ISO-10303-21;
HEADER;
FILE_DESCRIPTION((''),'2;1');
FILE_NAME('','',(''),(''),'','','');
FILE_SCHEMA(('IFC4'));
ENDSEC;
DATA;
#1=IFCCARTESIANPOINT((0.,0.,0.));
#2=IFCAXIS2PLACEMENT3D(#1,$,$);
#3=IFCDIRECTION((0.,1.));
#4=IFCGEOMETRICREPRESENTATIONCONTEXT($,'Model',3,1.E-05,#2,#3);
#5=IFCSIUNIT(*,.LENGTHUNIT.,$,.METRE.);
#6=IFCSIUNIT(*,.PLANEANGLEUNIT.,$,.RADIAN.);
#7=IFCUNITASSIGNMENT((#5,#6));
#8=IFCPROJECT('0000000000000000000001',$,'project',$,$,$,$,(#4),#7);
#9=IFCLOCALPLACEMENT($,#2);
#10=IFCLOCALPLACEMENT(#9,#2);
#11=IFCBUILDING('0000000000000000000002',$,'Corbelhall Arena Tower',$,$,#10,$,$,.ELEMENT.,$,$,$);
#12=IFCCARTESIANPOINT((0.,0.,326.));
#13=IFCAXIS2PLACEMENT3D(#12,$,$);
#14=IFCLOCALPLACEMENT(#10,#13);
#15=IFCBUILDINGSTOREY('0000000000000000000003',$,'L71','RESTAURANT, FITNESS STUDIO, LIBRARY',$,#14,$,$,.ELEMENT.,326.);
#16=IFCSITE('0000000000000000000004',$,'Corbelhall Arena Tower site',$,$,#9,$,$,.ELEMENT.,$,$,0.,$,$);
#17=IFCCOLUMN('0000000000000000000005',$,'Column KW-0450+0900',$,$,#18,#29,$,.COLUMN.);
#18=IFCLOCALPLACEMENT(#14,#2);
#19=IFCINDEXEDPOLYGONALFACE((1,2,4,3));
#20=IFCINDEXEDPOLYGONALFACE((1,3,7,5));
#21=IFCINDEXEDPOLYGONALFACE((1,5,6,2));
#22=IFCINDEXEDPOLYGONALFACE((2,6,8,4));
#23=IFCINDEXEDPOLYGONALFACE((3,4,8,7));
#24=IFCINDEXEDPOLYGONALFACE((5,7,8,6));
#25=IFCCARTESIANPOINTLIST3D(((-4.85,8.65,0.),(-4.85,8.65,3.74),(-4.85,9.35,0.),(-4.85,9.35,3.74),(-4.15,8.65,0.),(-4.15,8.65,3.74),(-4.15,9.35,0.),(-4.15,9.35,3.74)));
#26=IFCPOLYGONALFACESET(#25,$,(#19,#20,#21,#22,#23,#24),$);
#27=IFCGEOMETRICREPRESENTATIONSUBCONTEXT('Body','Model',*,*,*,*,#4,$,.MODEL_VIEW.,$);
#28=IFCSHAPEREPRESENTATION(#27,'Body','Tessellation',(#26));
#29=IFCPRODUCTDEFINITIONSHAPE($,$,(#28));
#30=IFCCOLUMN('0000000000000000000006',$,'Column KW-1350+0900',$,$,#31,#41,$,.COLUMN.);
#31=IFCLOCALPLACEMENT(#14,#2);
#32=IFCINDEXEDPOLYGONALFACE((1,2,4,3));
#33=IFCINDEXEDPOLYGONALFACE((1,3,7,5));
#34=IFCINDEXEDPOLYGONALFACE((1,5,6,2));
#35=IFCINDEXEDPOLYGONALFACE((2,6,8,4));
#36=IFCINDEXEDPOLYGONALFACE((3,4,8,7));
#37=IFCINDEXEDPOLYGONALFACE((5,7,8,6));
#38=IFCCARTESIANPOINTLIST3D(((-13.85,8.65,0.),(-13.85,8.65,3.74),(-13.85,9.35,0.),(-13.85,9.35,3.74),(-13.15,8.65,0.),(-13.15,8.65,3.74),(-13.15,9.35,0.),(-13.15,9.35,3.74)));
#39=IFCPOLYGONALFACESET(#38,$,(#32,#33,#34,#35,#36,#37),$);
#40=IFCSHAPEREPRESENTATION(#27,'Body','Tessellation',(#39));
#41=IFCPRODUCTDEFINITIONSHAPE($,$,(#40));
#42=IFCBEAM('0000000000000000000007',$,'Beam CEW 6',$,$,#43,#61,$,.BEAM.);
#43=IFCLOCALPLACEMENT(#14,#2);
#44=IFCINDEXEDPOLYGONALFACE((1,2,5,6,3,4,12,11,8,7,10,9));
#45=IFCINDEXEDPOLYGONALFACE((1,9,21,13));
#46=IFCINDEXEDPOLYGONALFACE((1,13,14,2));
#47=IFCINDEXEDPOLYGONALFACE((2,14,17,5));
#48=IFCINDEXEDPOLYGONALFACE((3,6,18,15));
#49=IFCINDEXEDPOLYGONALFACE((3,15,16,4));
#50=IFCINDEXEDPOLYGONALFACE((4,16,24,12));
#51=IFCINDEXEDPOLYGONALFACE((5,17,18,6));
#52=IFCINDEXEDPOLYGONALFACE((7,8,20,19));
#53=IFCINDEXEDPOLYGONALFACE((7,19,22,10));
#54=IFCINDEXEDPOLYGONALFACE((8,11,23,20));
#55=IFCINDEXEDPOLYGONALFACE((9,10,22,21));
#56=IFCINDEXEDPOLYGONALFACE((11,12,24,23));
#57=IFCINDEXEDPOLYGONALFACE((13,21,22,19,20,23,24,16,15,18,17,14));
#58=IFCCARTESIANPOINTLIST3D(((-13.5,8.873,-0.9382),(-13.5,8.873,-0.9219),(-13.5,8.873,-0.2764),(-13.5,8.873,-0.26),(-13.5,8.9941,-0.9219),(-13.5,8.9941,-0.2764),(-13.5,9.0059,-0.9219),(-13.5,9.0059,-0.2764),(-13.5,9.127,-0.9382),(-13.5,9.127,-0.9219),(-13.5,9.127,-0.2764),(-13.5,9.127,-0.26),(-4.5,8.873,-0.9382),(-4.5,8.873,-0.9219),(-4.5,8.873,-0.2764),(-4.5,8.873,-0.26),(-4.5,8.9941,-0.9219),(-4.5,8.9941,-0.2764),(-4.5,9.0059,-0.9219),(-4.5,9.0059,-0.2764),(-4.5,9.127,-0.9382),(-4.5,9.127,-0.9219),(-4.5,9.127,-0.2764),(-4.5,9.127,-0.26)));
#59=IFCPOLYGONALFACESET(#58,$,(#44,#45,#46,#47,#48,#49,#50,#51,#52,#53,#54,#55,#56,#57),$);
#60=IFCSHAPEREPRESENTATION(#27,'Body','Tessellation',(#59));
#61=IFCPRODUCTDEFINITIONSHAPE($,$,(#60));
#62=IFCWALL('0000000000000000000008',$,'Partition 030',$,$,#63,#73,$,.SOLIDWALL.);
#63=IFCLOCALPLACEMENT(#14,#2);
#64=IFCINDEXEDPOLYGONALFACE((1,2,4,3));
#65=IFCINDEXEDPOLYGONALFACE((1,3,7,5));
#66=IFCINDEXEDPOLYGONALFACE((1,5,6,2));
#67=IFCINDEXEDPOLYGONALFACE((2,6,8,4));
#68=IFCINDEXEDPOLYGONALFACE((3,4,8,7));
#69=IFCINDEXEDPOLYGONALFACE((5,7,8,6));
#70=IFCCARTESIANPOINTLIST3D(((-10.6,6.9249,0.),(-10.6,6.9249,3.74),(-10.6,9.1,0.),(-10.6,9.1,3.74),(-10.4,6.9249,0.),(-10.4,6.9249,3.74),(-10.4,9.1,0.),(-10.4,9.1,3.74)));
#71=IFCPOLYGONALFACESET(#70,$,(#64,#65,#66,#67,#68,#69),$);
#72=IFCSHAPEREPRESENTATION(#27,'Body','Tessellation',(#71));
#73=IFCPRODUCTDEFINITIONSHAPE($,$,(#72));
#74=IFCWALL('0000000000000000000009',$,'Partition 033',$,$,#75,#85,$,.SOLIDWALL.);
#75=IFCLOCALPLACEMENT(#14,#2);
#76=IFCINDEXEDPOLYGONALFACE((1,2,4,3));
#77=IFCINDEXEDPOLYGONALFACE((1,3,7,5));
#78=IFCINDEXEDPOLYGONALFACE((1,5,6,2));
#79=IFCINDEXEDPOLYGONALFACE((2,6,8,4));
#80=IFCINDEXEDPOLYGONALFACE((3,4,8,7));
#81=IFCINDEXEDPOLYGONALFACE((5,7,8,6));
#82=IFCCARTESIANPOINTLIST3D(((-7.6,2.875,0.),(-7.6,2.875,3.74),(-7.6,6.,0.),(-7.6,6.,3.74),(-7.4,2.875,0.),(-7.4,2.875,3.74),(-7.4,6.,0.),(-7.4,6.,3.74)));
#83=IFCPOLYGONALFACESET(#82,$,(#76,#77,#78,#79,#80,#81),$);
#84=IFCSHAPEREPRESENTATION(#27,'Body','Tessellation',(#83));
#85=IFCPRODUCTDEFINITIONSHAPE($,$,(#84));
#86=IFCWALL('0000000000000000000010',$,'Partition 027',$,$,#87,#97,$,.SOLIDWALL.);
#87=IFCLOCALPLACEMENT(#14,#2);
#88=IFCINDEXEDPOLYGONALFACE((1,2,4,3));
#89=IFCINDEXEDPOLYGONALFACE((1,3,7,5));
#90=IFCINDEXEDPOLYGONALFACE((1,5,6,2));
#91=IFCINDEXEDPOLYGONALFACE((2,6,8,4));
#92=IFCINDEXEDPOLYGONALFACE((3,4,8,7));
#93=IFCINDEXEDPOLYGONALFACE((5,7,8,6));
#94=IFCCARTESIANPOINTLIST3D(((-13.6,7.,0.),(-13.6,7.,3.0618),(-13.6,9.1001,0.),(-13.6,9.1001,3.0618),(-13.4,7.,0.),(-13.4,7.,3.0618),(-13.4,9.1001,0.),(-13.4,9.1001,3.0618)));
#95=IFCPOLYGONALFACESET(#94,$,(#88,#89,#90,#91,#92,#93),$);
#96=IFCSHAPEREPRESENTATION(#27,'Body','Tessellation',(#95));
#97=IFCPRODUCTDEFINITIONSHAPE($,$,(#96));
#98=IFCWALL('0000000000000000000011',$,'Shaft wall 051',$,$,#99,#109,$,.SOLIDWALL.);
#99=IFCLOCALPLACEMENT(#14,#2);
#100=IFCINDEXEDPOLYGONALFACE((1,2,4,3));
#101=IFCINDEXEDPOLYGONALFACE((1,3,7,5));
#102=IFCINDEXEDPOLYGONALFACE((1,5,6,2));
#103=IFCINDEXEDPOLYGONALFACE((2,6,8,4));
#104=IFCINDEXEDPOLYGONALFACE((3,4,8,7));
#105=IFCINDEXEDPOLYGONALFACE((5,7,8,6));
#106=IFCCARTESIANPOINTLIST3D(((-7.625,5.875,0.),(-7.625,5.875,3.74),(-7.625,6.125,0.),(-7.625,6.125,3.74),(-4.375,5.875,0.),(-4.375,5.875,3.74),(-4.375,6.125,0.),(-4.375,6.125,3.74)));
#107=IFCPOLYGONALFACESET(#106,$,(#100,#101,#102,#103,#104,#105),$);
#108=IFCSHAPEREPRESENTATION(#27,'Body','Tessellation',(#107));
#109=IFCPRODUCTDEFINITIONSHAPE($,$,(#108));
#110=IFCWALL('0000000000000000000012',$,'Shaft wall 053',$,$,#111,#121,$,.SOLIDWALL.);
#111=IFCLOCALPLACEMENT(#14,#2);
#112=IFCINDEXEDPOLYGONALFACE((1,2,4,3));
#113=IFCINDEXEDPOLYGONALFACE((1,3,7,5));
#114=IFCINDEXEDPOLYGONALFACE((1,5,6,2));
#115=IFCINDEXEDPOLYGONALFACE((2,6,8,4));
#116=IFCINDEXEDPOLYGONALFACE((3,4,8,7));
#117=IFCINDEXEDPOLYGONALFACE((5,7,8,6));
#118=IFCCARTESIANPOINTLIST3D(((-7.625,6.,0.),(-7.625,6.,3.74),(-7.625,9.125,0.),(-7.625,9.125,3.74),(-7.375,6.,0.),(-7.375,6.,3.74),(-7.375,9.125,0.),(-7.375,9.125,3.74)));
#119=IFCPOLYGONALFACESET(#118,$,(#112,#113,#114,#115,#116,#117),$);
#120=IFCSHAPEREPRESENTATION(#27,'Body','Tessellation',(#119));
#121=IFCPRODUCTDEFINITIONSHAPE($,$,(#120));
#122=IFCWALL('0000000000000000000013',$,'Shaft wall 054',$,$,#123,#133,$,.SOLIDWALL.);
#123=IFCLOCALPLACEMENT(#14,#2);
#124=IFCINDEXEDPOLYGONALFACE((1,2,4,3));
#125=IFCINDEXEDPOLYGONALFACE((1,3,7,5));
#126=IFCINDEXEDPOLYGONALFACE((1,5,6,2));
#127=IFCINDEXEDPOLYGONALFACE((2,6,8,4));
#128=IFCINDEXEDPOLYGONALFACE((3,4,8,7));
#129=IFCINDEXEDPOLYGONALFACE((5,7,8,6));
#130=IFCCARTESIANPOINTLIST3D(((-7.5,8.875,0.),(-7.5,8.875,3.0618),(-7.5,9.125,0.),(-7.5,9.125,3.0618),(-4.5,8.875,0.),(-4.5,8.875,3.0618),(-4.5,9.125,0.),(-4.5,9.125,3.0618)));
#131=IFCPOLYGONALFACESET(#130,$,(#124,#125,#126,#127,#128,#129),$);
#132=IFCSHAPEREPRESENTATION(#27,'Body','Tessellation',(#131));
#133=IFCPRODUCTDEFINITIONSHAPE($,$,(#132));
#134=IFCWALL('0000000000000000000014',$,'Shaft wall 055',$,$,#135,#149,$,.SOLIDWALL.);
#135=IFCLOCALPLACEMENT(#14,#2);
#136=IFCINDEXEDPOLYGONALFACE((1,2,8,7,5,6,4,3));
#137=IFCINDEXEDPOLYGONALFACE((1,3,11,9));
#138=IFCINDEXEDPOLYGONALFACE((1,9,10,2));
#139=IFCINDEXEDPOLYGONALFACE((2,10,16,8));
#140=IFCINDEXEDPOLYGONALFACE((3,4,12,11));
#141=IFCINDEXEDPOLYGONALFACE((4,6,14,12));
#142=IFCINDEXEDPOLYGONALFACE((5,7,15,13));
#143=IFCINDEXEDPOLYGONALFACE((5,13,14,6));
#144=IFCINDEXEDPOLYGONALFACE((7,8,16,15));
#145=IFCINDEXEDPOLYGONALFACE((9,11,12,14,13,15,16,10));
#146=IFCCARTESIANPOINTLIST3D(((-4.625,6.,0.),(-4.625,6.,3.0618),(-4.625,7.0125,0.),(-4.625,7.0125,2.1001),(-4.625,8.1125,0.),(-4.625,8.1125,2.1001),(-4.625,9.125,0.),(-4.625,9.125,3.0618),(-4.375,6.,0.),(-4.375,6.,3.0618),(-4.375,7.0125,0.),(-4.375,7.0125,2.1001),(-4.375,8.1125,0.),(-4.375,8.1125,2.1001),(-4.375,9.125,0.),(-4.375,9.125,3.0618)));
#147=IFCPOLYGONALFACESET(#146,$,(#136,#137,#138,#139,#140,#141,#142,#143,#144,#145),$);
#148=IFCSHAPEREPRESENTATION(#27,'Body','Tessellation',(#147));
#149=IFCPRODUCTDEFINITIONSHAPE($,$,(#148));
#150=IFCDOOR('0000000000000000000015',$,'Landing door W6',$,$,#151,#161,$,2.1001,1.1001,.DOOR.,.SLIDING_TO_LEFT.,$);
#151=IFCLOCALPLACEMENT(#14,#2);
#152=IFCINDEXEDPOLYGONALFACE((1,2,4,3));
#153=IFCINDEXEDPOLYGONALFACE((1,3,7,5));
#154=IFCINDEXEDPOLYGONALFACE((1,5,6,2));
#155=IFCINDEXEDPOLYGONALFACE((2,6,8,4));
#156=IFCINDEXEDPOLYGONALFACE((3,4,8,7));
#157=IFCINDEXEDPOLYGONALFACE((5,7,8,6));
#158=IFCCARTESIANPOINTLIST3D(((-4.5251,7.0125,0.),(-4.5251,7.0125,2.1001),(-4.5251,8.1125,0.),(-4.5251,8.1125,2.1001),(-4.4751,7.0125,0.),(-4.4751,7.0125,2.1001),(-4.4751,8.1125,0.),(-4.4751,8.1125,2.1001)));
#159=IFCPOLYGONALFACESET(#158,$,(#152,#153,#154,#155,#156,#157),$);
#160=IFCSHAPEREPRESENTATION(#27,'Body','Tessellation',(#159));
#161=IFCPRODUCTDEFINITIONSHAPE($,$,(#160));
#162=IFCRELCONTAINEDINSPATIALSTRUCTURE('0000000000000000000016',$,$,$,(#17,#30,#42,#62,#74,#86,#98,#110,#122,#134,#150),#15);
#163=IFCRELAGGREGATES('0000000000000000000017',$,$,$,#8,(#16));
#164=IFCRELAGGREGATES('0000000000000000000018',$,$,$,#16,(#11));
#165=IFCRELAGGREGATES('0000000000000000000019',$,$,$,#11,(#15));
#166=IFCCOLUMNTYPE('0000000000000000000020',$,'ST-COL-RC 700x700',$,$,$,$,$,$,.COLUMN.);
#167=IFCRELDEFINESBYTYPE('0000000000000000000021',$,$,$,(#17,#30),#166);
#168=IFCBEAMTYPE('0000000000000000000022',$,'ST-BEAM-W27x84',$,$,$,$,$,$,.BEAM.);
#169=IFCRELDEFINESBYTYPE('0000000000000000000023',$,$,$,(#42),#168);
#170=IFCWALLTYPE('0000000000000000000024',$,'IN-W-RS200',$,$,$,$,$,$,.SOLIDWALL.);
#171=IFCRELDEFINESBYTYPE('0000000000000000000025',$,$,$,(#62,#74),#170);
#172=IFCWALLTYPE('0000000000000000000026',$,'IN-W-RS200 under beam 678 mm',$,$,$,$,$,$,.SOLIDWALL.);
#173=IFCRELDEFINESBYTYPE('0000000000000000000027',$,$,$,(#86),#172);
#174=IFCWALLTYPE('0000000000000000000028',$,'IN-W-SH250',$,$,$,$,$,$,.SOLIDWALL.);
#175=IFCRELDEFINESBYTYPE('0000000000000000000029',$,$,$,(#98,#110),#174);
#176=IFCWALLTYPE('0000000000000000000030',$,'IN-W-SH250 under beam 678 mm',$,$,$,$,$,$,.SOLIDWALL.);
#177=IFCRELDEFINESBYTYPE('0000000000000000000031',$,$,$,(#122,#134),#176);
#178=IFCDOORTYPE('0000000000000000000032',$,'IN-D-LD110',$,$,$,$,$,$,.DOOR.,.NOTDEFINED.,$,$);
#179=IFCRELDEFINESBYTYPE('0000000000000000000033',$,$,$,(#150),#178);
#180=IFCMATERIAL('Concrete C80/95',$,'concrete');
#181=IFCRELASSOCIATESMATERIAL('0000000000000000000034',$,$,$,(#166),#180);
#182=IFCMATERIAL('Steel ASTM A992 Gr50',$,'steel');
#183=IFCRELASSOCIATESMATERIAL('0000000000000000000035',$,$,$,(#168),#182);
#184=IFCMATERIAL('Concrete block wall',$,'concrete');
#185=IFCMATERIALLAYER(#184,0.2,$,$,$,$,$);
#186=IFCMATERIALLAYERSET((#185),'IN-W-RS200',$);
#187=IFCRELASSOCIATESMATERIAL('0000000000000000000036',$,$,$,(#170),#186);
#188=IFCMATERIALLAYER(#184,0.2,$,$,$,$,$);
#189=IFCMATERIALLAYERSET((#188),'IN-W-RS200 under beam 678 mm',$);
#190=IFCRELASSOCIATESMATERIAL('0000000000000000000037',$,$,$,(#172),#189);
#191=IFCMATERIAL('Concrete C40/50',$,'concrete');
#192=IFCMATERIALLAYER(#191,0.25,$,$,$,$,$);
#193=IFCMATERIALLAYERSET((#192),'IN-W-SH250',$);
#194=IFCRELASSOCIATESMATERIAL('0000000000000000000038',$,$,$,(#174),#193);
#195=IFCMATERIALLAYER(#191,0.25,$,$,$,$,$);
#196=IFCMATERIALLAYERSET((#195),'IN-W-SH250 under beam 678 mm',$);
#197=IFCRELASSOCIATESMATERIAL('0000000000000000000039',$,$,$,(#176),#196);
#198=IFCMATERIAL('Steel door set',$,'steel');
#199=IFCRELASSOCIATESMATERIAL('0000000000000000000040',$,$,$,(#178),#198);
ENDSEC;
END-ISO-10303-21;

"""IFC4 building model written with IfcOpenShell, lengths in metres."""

from ifc_helpers import new_model, si_unit, direction, frame, frame_2d, origin, origin_2d, place, context, subcontext, project, spatial, rectangle, i_section, extrude, material, layer, layer_set, material_profile, profile_set, type_object, element, fill, save


model = new_model("IFC4")

# Units and contexts
model_context = context("Model", 3, precision=1e-05, world=origin(), true_north=direction((0.0, 1.0)))
body_context = subcontext(model_context, "Body", "Model", "MODEL_VIEW")
ifc_project = project(units=[si_unit("LENGTHUNIT", "METRE"), si_unit("PLANEANGLEUNIT", "RADIAN")], contexts=[model_context])

# Site, building, storey
site_placement = place(None, origin())
site = spatial("IfcSite", under=ifc_project, at=site_placement, Name="Corbelhall Arena Tower site", CompositionType="ELEMENT", RefElevation=0.0)
building_placement = place(site_placement, origin())
building = spatial("IfcBuilding", under=site, at=building_placement, Name="Corbelhall Arena Tower", CompositionType="ELEMENT")
storey_placement = place(building_placement, frame((0.0, 0.0, 326.0)))
storey = spatial("IfcBuildingStorey", under=building, at=storey_placement, Name="L71", Description="RESTAURANT, FITNESS STUDIO, LIBRARY", CompositionType="ELEMENT", Elevation=326.0)

# Columns
ifc_material_1 = material(Name="Concrete C80/95", Category="concrete")
ifc_material_profile_1 = material_profile(ifc_material_1, rectangle(XDim=0.7, YDim=0.7, at=origin_2d()))
ifc_profile_set_1 = profile_set([ifc_material_profile_1], Name="Concrete C80/95")
column_type = type_object("IfcColumnType", Name="ST-COL-RC 700x700", PredefinedType="COLUMN", material=ifc_profile_set_1)
for number, where, z_axis, x_axis, name in (
    (1, (-4.5, 9.0, 0.0), (0.0, 0.0, 1.0), (1.0, 0.0, 0.0), "Column KW-0450+0900"),
    (2, (-13.5, 9.0, 0.0), (0.0, 0.0, 1.0), (1.0, 0.0, 0.0), "Column KW-1350+0900"),
):
    element("IfcColumn", number, at=place(storey_placement, frame(where, z_axis=z_axis, x_axis=x_axis)), inside=storey, type_object=column_type, Name=name, PredefinedType="COLUMN", context=body_context, shape_type="SweptSolid", body=[
        extrude(rectangle(XDim=0.7, YDim=0.7, at=origin_2d()), origin(), (0.0, 0.0, 1.0), 3.74),
    ])

# Beam
ifc_material_2 = material(Name="Steel ASTM A992 Gr50", Category="steel")
ifc_material_profile_2 = material_profile(ifc_material_2, i_section(OverallWidth=0.2539, OverallDepth=0.6782, WebThickness=0.0117, FlangeThickness=0.0164, at=origin_2d()))
ifc_profile_set_2 = profile_set([ifc_material_profile_2], Name="Steel ASTM A992 Gr50")
beam_type = type_object("IfcBeamType", Name="ST-BEAM-W27x84", PredefinedType="BEAM", material=ifc_profile_set_2)
beam_placement = place(storey_placement, frame((-13.5, 9.0, -0.5991), z_axis=(1.0, 0.0, 0.0), x_axis=(0.0, 1.0, 0.0)))
element("IfcBeam", 3, at=beam_placement, inside=storey, type_object=beam_type, Name="Beam CEW 6", PredefinedType="BEAM", context=body_context, shape_type="SweptSolid", body=[
    extrude(i_section(OverallWidth=0.2539, OverallDepth=0.6782, WebThickness=0.0117, FlangeThickness=0.0164, at=origin_2d()), origin(), (0.0, 0.0, 1.0), 9.0),
])

# Walls
ifc_material_3 = material(Name="Concrete block wall", Category="concrete")
ifc_layer_1 = layer(ifc_material_3, 0.2)
ifc_layer_set_1 = layer_set([ifc_layer_1], Name="IN-W-RS200")
wall_type_1 = type_object("IfcWallType", Name="IN-W-RS200", PredefinedType="SOLIDWALL", material=ifc_layer_set_1)
wall_1_placement = place(storey_placement, frame((-10.5, 6.925, 0.0), z_axis=(0.0, 0.0, 1.0), x_axis=(0.0, 1.0, 0.0)))
element("IfcWall", 4, at=wall_1_placement, inside=storey, type_object=wall_type_1, Name="Partition 030", PredefinedType="SOLIDWALL", context=body_context, shape_type="SweptSolid", body=[
    extrude(rectangle(XDim=2.175, YDim=0.2, at=frame_2d((1.0874, 0.0))), origin(), (0.0, 0.0, 1.0), 3.74),
])
wall_2_placement = place(storey_placement, frame((-7.5, 2.875, 0.0), z_axis=(0.0, 0.0, 1.0), x_axis=(0.0, 1.0, 0.0)))
element("IfcWall", 5, at=wall_2_placement, inside=storey, type_object=wall_type_1, Name="Partition 033", PredefinedType="SOLIDWALL", context=body_context, shape_type="SweptSolid", body=[
    extrude(rectangle(XDim=3.125, YDim=0.2, at=frame_2d((1.5625, 0.0))), origin(), (0.0, 0.0, 1.0), 3.74),
])
ifc_layer_2 = layer(ifc_material_3, 0.2)
ifc_layer_set_2 = layer_set([ifc_layer_2], Name="IN-W-RS200 under beam 678 mm")
wall_type_2 = type_object("IfcWallType", Name="IN-W-RS200 under beam 678 mm", PredefinedType="SOLIDWALL", material=ifc_layer_set_2)
wall_3_placement = place(storey_placement, frame((-13.5, 7.0, 0.0), z_axis=(0.0, 0.0, 1.0), x_axis=(0.0, 1.0, 0.0)))
element("IfcWall", 6, at=wall_3_placement, inside=storey, type_object=wall_type_2, Name="Partition 027", PredefinedType="SOLIDWALL", context=body_context, shape_type="SweptSolid", body=[
    extrude(rectangle(XDim=2.1001, YDim=0.2, at=frame_2d((1.05, 0.0))), origin(), (0.0, 0.0, 1.0), 3.0618),
])

# Shared definitions
ifc_material_4 = material(Name="Steel door set", Category="steel")

# Walls
ifc_material_5 = material(Name="Concrete C40/50", Category="concrete")
ifc_layer_3 = layer(ifc_material_5, 0.25)
ifc_layer_set_3 = layer_set([ifc_layer_3], Name="IN-W-SH250")
wall_type_3 = type_object("IfcWallType", Name="IN-W-SH250", PredefinedType="SOLIDWALL", material=ifc_layer_set_3)
wall_4_placement = place(storey_placement, frame((-7.625, 6.0, 0.0), z_axis=(0.0, 0.0, 1.0), x_axis=(1.0, 0.0, 0.0)))
element("IfcWall", 7, at=wall_4_placement, inside=storey, type_object=wall_type_3, Name="Shaft wall 051", PredefinedType="SOLIDWALL", context=body_context, shape_type="SweptSolid", body=[
    extrude(rectangle(XDim=3.25, YDim=0.25, at=frame_2d((1.625, 0.0))), origin(), (0.0, 0.0, 1.0), 3.74),
])
wall_5_placement = place(storey_placement, frame((-7.5, 6.0, 0.0), z_axis=(0.0, 0.0, 1.0), x_axis=(0.0, 1.0, 0.0)))
element("IfcWall", 8, at=wall_5_placement, inside=storey, type_object=wall_type_3, Name="Shaft wall 053", PredefinedType="SOLIDWALL", context=body_context, shape_type="SweptSolid", body=[
    extrude(rectangle(XDim=3.125, YDim=0.25, at=frame_2d((1.5625, 0.0))), origin(), (0.0, 0.0, 1.0), 3.74),
])
ifc_layer_4 = layer(ifc_material_5, 0.25)
ifc_layer_set_4 = layer_set([ifc_layer_4], Name="IN-W-SH250 under beam 678 mm")
wall_type_4 = type_object("IfcWallType", Name="IN-W-SH250 under beam 678 mm", PredefinedType="SOLIDWALL", material=ifc_layer_set_4)
wall_6_placement = place(storey_placement, frame((-7.5, 9.0, 0.0), z_axis=(0.0, 0.0, 1.0), x_axis=(1.0, 0.0, 0.0)))
element("IfcWall", 9, at=wall_6_placement, inside=storey, type_object=wall_type_4, Name="Shaft wall 054", PredefinedType="SOLIDWALL", context=body_context, shape_type="SweptSolid", body=[
    extrude(rectangle(XDim=3.0, YDim=0.25, at=frame_2d((1.5, 0.0))), origin(), (0.0, 0.0, 1.0), 3.0618),
])

# Wall, opening, door
wall_7_placement = place(storey_placement, frame((-4.5, 9.125, 0.0), z_axis=(0.0, 0.0, 1.0), x_axis=(0.0, -1.0, 0.0)))
wall_7 = element("IfcWall", 10, at=wall_7_placement, inside=storey, type_object=wall_type_4, Name="Shaft wall 055", PredefinedType="SOLIDWALL", context=body_context, shape_type="SweptSolid", body=[
    extrude(rectangle(XDim=3.125, YDim=0.25, at=frame_2d((1.5625, 0.0))), origin(), (0.0, 0.0, 1.0), 3.0618),
])
opening_1_placement = place(wall_7_placement, frame((1.0125, 0.0, 0.0)))
opening_1 = element("IfcOpeningElement", 11, at=opening_1_placement, cuts=wall_7, PredefinedType="OPENING", context=body_context, shape_type="SweptSolid", body=[
    extrude(rectangle(XDim=1.1001, YDim=2.1001, at=frame_2d((0.55, 1.05))), frame((0.0, 0.125, 0.0), z_axis=(0.0, -1.0, 0.0), x_axis=(1.0, 0.0, 0.0)), (0.0, 0.0, 1.0), 0.25),
])
door_type_1 = type_object("IfcDoorType", Name="IN-D-LD110", OperationType="NOTDEFINED", PredefinedType="DOOR", material=ifc_material_4)
door_1_placement = place(opening_1_placement, origin())
door_1 = element("IfcDoor", 12, at=door_1_placement, inside=storey, type_object=door_type_1, Name="Landing door W6", OperationType="SLIDING_TO_LEFT", OverallHeight=2.1001, OverallWidth=1.1001, PredefinedType="DOOR", context=body_context, shape_type="SweptSolid", body=[
    extrude(rectangle(XDim=1.1001, YDim=2.1001, at=frame_2d((0.55, 1.05))), frame((0.0, 0.0249, 0.0), z_axis=(0.0, -1.0, 0.0), x_axis=(1.0, 0.0, 0.0)), (0.0, 0.0, 1.0), 0.05),
])
fill(opening_1, door_1)

save(model, "model.ifc")
